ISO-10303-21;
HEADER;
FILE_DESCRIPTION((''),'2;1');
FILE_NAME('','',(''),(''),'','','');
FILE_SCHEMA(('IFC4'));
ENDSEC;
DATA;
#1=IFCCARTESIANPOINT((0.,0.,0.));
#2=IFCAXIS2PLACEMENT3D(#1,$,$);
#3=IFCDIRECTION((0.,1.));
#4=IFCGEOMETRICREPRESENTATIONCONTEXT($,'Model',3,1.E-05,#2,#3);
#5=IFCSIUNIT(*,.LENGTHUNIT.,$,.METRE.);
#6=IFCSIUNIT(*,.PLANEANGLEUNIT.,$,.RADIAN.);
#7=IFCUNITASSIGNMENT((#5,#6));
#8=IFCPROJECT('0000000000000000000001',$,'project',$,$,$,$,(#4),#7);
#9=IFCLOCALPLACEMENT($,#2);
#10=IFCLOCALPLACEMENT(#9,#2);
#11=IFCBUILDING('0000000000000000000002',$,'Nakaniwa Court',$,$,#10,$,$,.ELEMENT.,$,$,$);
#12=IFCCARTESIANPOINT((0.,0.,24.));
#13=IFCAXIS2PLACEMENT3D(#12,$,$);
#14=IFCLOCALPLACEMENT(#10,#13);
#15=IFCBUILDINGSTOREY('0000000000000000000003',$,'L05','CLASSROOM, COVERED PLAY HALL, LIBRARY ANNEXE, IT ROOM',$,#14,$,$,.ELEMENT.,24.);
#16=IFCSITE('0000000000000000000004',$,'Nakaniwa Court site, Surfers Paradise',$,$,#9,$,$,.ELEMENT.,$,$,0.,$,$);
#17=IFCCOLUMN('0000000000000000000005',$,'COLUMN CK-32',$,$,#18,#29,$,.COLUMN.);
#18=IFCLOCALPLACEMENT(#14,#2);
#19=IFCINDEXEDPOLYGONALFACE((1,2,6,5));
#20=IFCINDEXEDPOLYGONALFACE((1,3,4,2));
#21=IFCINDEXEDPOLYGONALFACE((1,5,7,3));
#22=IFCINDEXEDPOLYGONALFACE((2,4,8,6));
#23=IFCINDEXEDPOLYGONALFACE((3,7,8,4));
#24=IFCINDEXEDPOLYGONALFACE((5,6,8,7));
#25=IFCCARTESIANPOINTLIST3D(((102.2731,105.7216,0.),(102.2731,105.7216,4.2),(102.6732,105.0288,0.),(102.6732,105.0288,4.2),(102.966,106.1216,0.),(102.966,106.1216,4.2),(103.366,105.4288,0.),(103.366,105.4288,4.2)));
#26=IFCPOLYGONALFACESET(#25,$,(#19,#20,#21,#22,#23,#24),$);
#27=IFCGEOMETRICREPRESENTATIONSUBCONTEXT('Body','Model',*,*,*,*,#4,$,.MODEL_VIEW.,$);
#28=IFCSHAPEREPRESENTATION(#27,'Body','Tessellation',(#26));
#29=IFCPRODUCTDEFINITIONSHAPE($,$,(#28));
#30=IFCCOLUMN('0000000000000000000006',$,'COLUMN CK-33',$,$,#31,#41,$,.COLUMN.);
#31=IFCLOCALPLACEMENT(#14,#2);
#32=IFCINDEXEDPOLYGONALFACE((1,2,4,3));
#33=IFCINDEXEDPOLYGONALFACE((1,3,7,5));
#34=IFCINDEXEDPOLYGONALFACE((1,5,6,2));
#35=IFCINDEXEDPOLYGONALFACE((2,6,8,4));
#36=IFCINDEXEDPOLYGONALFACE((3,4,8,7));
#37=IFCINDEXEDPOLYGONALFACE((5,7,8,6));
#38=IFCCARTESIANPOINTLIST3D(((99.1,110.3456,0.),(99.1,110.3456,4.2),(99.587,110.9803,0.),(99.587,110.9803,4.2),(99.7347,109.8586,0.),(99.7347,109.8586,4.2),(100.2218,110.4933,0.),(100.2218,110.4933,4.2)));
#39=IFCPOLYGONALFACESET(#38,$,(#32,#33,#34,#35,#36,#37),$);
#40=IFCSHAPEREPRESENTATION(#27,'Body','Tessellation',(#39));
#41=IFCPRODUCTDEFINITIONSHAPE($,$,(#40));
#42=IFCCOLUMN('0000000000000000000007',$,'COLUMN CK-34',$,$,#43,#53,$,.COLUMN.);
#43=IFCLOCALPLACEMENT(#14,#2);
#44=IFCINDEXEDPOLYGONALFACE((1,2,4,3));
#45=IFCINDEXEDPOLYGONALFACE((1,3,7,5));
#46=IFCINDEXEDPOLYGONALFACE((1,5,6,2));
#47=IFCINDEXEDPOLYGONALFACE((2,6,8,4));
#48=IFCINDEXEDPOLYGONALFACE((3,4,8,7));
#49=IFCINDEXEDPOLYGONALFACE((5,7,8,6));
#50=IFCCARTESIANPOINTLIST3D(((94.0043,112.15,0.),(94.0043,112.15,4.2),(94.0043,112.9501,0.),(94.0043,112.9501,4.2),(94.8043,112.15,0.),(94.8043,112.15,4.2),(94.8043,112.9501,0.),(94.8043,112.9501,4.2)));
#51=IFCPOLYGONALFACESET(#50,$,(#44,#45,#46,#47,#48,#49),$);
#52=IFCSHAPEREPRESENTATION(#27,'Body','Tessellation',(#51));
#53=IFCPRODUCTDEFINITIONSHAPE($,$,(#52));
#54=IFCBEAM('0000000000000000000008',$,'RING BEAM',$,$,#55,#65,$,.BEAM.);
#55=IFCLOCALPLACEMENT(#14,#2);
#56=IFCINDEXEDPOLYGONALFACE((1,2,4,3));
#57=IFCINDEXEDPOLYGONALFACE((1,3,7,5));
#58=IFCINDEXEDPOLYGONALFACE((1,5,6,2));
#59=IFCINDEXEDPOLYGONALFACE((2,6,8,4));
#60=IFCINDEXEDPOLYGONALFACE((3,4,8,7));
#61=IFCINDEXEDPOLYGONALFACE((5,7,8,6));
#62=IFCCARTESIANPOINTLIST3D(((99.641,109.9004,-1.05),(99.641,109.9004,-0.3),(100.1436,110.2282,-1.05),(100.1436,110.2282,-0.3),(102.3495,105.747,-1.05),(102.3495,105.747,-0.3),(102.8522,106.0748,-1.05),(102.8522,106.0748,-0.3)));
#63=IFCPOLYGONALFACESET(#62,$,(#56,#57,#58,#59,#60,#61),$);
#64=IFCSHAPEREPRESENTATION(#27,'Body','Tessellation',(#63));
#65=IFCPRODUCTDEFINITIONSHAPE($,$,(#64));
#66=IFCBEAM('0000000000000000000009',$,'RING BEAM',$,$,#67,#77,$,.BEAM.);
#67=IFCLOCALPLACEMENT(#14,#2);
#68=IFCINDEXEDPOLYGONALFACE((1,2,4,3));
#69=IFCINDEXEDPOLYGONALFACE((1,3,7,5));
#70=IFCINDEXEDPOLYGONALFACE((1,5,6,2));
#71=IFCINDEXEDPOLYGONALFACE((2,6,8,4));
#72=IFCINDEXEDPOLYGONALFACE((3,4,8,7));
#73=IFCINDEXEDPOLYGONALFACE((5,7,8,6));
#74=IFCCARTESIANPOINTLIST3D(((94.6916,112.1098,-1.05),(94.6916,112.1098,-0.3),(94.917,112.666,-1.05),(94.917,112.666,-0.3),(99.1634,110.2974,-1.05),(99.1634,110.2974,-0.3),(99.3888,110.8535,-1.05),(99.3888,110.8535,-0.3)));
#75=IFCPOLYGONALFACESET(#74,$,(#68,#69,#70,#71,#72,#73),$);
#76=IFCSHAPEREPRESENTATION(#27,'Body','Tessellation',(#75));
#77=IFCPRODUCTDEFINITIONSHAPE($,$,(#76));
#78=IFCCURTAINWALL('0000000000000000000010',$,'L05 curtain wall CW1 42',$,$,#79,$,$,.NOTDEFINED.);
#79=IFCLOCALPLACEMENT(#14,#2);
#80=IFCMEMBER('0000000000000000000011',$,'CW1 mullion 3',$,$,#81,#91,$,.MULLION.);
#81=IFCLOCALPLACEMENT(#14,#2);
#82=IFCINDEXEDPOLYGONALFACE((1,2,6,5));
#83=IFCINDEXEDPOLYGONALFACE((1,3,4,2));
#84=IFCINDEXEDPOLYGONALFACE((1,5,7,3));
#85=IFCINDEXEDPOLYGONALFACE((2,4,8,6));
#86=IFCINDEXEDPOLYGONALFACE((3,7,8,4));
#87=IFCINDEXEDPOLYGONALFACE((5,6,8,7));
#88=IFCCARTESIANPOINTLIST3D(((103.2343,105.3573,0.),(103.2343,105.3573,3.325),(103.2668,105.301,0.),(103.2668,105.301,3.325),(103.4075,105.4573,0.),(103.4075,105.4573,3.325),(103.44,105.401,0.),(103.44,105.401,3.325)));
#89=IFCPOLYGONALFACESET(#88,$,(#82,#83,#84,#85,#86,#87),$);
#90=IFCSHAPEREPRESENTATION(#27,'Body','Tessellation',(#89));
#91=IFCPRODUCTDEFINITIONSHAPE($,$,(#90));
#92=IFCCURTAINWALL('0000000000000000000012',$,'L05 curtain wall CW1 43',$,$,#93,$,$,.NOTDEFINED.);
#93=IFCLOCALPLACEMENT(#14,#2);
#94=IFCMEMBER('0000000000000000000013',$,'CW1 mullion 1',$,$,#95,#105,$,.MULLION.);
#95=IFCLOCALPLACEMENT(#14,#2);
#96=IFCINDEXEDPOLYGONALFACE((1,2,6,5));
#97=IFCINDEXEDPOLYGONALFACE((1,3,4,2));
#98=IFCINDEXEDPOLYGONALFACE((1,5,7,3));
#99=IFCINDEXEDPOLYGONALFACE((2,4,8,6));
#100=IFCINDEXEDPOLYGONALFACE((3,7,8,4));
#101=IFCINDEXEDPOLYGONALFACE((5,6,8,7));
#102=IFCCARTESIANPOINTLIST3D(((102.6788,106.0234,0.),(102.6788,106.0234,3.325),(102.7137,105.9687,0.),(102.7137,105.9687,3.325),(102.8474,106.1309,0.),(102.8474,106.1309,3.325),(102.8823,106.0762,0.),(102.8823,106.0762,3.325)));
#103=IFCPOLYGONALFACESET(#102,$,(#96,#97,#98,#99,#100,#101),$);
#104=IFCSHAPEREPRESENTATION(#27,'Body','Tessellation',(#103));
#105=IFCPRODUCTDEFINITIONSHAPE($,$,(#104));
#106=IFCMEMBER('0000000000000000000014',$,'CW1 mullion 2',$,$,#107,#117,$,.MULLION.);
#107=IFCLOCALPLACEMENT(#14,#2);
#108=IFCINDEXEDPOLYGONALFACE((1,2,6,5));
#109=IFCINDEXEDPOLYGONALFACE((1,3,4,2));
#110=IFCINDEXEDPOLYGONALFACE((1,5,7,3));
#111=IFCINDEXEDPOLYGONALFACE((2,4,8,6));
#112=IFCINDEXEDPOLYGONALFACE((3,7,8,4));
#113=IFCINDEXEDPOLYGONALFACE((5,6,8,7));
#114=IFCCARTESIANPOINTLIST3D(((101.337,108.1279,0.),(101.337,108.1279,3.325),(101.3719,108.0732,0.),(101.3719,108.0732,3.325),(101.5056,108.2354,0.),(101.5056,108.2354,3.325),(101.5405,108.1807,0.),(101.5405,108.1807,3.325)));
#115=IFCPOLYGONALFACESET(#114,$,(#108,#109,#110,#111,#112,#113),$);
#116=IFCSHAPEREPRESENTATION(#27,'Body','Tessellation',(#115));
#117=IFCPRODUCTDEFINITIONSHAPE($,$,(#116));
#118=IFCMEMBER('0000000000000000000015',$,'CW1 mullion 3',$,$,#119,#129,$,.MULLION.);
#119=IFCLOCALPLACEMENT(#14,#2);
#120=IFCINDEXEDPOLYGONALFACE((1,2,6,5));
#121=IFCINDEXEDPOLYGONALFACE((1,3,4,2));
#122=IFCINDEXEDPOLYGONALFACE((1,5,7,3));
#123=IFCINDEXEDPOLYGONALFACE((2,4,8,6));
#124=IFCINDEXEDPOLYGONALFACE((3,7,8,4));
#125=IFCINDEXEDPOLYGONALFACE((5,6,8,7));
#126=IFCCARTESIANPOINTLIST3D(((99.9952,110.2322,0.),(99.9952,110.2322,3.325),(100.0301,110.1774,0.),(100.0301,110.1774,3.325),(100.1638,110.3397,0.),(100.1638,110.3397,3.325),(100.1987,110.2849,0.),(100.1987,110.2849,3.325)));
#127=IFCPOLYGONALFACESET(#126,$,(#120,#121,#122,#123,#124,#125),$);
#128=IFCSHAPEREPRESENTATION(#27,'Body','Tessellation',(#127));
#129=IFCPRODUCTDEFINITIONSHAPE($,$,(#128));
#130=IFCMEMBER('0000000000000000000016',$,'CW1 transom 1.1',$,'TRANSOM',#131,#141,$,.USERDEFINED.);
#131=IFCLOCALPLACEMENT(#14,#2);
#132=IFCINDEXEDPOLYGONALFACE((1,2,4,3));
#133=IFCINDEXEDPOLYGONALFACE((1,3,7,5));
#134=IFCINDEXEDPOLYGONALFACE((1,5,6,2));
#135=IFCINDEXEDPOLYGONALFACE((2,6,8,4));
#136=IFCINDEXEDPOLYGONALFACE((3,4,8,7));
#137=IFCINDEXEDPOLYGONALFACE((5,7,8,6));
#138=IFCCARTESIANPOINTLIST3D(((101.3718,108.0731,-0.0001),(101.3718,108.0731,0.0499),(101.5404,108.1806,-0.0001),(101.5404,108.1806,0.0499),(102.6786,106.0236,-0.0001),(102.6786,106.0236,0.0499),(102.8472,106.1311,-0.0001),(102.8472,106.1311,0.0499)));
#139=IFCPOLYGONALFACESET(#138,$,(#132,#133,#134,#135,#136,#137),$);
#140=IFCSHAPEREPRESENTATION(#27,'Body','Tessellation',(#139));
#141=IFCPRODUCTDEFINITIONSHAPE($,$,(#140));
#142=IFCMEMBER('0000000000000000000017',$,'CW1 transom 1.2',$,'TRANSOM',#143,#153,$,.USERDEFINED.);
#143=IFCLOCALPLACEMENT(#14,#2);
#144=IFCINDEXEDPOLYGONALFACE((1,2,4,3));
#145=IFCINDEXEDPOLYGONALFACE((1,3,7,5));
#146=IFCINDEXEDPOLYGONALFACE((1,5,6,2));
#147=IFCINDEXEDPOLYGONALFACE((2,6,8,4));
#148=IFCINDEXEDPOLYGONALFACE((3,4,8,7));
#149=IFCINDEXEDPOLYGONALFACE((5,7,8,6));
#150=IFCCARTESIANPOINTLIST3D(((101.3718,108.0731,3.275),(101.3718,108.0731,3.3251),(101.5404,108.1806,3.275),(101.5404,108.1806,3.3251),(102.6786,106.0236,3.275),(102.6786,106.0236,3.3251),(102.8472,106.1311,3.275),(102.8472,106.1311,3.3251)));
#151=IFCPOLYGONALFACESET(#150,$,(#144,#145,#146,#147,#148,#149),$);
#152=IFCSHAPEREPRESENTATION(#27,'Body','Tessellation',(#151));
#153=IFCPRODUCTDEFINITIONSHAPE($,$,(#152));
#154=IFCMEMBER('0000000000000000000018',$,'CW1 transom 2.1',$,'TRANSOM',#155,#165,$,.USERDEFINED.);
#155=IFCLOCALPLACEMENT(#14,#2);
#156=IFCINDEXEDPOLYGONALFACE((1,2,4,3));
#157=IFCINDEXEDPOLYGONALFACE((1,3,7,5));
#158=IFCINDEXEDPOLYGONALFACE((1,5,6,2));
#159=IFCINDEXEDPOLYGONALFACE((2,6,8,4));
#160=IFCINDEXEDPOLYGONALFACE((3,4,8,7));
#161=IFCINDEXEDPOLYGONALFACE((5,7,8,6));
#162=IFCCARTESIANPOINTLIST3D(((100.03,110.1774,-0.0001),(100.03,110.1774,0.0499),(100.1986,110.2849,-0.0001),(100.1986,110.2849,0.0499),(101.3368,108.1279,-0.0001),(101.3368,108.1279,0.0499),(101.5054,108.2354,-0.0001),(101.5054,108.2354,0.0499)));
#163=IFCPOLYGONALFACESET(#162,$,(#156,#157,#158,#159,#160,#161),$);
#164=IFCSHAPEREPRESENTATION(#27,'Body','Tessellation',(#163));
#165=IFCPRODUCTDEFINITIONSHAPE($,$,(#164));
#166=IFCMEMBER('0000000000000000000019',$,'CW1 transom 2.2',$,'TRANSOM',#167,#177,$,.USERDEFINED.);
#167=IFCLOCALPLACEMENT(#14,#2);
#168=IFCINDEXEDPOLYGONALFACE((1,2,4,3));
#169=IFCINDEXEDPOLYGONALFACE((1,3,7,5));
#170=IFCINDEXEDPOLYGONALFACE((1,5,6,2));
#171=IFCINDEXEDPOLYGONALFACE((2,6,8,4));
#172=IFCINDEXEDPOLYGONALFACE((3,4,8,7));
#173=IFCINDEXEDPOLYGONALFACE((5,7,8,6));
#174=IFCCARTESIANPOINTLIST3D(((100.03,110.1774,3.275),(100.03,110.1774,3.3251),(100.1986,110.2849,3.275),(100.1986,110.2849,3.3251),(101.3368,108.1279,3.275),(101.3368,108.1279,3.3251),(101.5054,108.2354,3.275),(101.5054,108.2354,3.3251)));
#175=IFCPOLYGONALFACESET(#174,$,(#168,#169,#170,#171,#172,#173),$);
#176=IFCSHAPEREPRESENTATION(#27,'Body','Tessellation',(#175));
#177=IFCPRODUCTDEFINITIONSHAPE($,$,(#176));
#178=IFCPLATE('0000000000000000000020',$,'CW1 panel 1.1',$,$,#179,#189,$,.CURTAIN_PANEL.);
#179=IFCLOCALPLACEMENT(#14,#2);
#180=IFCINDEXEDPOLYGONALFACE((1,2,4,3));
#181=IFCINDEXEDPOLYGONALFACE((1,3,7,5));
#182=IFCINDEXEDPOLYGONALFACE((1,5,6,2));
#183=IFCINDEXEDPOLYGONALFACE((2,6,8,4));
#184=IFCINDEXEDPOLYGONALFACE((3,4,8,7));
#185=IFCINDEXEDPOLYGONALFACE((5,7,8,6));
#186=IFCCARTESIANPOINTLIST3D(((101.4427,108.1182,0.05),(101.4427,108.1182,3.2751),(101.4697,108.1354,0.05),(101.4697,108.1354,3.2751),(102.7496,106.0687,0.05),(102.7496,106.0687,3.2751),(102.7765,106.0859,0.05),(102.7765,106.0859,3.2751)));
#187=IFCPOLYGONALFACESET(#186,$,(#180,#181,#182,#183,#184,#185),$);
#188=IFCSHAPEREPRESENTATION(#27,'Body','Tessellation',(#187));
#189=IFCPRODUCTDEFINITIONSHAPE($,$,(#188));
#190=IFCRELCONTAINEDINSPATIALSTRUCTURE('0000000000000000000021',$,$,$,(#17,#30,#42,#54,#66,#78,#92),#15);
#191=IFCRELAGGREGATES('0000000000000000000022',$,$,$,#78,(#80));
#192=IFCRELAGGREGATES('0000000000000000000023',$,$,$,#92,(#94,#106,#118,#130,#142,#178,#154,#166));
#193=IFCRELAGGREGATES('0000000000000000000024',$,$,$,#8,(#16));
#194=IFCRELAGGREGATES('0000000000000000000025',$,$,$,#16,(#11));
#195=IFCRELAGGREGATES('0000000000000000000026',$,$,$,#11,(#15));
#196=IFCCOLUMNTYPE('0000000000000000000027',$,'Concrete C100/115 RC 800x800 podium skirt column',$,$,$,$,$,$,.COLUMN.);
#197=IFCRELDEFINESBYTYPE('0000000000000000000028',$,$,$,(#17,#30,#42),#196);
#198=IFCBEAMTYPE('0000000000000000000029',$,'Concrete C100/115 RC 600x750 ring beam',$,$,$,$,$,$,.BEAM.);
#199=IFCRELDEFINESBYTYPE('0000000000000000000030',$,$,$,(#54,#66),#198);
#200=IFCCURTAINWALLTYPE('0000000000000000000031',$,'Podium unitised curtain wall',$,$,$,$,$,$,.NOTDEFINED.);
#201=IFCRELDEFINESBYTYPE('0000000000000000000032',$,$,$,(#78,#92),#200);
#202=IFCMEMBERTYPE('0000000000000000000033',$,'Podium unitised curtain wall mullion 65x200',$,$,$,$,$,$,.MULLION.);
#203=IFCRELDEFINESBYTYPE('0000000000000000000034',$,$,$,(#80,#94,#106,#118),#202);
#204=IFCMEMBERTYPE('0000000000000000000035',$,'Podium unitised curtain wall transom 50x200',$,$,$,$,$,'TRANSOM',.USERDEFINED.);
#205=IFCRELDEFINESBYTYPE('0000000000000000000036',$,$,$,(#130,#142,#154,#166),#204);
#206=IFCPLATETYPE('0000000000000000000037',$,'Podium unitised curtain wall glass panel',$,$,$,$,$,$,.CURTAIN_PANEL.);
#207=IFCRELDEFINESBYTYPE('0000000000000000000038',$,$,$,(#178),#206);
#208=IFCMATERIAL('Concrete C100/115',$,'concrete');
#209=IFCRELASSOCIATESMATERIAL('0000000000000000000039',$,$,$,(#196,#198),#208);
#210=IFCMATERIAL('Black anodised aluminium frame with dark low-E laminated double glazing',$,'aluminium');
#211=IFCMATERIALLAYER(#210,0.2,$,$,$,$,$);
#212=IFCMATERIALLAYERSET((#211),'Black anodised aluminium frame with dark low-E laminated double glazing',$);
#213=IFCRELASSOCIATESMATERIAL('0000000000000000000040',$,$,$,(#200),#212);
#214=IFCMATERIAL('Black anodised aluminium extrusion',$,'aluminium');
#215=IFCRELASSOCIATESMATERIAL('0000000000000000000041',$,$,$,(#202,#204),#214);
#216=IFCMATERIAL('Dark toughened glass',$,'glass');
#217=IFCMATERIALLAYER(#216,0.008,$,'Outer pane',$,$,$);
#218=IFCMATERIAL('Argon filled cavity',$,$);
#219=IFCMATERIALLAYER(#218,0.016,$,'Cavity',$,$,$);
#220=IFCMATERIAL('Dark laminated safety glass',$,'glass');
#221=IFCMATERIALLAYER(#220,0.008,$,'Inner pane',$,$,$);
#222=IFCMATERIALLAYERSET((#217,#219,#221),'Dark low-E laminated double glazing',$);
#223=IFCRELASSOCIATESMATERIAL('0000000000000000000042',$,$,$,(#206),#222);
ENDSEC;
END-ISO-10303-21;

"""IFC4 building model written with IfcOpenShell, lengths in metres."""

from ifc_helpers import new_model, si_unit, direction, frame, origin, origin_2d, place, context, subcontext, project, spatial, rectangle, extrude, material, layer, layer_set, material_profile, profile_set, type_object, element, aggregate, save


model = new_model("IFC4")

# Units and contexts
model_context = context("Model", 3, precision=1e-05, world=origin(), true_north=direction((0.0, 1.0)))
body_context = subcontext(model_context, "Body", "Model", "MODEL_VIEW")
ifc_project = project(units=[si_unit("LENGTHUNIT", "METRE"), si_unit("PLANEANGLEUNIT", "RADIAN")], contexts=[model_context])

# Site, building, storey
site_placement = place(None, origin())
site = spatial("IfcSite", under=ifc_project, at=site_placement, Name="Nakaniwa Court site, Surfers Paradise", CompositionType="ELEMENT", RefElevation=0.0)
building_placement = place(site_placement, origin())
building = spatial("IfcBuilding", under=site, at=building_placement, Name="Nakaniwa Court", CompositionType="ELEMENT")
storey_placement = place(building_placement, frame((0.0, 0.0, 24.0)))
storey = spatial("IfcBuildingStorey", under=building, at=storey_placement, Name="L05", Description="CLASSROOM, COVERED PLAY HALL, LIBRARY ANNEXE, IT ROOM", CompositionType="ELEMENT", Elevation=24.0)

# Columns
ifc_material_1 = material(Name="Concrete C100/115", Category="concrete")
ifc_material_profile_1 = material_profile(ifc_material_1, rectangle(XDim=0.8, YDim=0.8, at=origin_2d()), Name="Concrete C100/115 RC 800x800 podium skirt column")
ifc_profile_set_1 = profile_set([ifc_material_profile_1], Name="Concrete C100/115")
column_type = type_object("IfcColumnType", Name="Concrete C100/115 RC 800x800 podium skirt column", PredefinedType="COLUMN", material=ifc_profile_set_1)
for number, where, z_axis, x_axis, name in (
    (1, (102.8196, 105.5752, 0.0), (0.0, 0.0, 1.0), (-0.5, 0.866025, 0.0), "COLUMN CK-32"),
    (2, (99.6609, 110.4194, 0.0), (0.0, 0.0, 1.0), (-0.793353, 0.608761, 0.0), "COLUMN CK-33"),
    (3, (94.4043, 112.55, 0.0), (0.0, 0.0, 1.0), (-1.0, 0.0, 0.0), "COLUMN CK-34"),
):
    element("IfcColumn", number, at=place(storey_placement, frame(where, z_axis=z_axis, x_axis=x_axis)), inside=storey, type_object=column_type, Name=name, PredefinedType="COLUMN", context=body_context, shape_type="SweptSolid", body=[
        extrude(rectangle(XDim=0.8, YDim=0.8, at=origin_2d()), origin(), (0.0, 0.0, 1.0), 4.2),
    ])

# Beams
ifc_material_profile_2 = material_profile(ifc_material_1, rectangle(XDim=0.6001, YDim=0.75, at=origin_2d()), Name="Concrete C100/115 RC 600x750 ring beam")
ifc_profile_set_2 = profile_set([ifc_material_profile_2], Name="Concrete C100/115")
beam_type = type_object("IfcBeamType", Name="Concrete C100/115 RC 600x750 ring beam", PredefinedType="BEAM", material=ifc_profile_set_2)
beam_1_placement = place(storey_placement, frame((102.6008, 105.9109, -0.675), z_axis=(-0.546241, 0.837628, 0.0), x_axis=(-0.837628, -0.546241, 0.0)))
element("IfcBeam", 4, at=beam_1_placement, inside=storey, type_object=beam_type, Name="RING BEAM", PredefinedType="BEAM", context=body_context, shape_type="SweptSolid", body=[
    extrude(rectangle(XDim=0.6001, YDim=0.75, at=origin_2d()), origin(), (0.0, 0.0, 1.0), 4.9585),
])
beam_2_placement = place(storey_placement, frame((99.2761, 110.5754, -0.675), z_axis=(-0.926771, 0.375626, 0.0), x_axis=(-0.375626, -0.926771, 0.0)))
element("IfcBeam", 5, at=beam_2_placement, inside=storey, type_object=beam_type, Name="RING BEAM", PredefinedType="BEAM", context=body_context, shape_type="SweptSolid", body=[
    extrude(rectangle(XDim=0.6001, YDim=0.75, at=origin_2d()), origin(), (0.0, 0.0, 1.0), 4.8252),
])

# Curtain wall, member
ifc_material_2 = material(Name="Black anodised aluminium frame with dark low-E laminated double glazing", Category="aluminium")
ifc_layer_1 = layer(ifc_material_2, 0.2)
ifc_layer_set_1 = layer_set([ifc_layer_1], Name="Black anodised aluminium frame with dark low-E laminated double glazing")
curtain_wall_type = type_object("IfcCurtainWallType", Name="Podium unitised curtain wall", PredefinedType="NOTDEFINED", material=ifc_layer_set_1)
curtain_wall_1_placement = place(storey_placement, origin())
curtain_wall_1 = element("IfcCurtainWall", 6, at=curtain_wall_1_placement, inside=storey, type_object=curtain_wall_type, Name="L05 curtain wall CW1 42", PredefinedType="NOTDEFINED")
ifc_material_3 = material(Name="Black anodised aluminium extrusion", Category="aluminium")
ifc_material_profile_3 = material_profile(ifc_material_3, rectangle(XDim=0.2, YDim=0.0649, at=origin_2d()), Name="Podium unitised curtain wall mullion 65x200")
ifc_profile_set_3 = profile_set([ifc_material_profile_3], Name="Black anodised aluminium extrusion")
member_type_1 = type_object("IfcMemberType", Name="Podium unitised curtain wall mullion 65x200", PredefinedType="MULLION", material=ifc_profile_set_3)
member_1_placement = place(storey_placement, frame((103.3372, 105.3792, 0.0), z_axis=(0.0, 0.0, 1.0), x_axis=(-0.866032, -0.499988, 0.0)))
member_1 = element("IfcMember", 7, at=member_1_placement, type_object=member_type_1, Name="CW1 mullion 3", PredefinedType="MULLION", context=body_context, shape_type="SweptSolid", body=[
    extrude(rectangle(XDim=0.2, YDim=0.0649, at=origin_2d()), origin(), (0.0, 0.0, 1.0), 3.325),
])
aggregate(curtain_wall_1, [member_1])

# Curtain wall, members, plate
curtain_wall_2_placement = place(storey_placement, origin())
curtain_wall_2 = element("IfcCurtainWall", 8, at=curtain_wall_2_placement, inside=storey, type_object=curtain_wall_type, Name="L05 curtain wall CW1 43", PredefinedType="NOTDEFINED")
member_2_placement = place(storey_placement, frame((102.7805, 106.0498, 0.0), z_axis=(0.0, 0.0, 1.0), x_axis=(-0.843172, -0.537644, 0.0)))
member_2 = element("IfcMember", 9, at=member_2_placement, type_object=member_type_1, Name="CW1 mullion 1", PredefinedType="MULLION", context=body_context, shape_type="SweptSolid", body=[
    extrude(rectangle(XDim=0.2, YDim=0.0649, at=origin_2d()), origin(), (0.0, 0.0, 1.0), 3.325),
])
member_3_placement = place(storey_placement, frame((101.4387, 108.1543, 0.0), z_axis=(0.0, 0.0, 1.0), x_axis=(-0.843172, -0.537644, 0.0)))
member_3 = element("IfcMember", 10, at=member_3_placement, type_object=member_type_1, Name="CW1 mullion 2", PredefinedType="MULLION", context=body_context, shape_type="SweptSolid", body=[
    extrude(rectangle(XDim=0.2, YDim=0.0649, at=origin_2d()), origin(), (0.0, 0.0, 1.0), 3.325),
])
member_4_placement = place(storey_placement, frame((100.0969, 110.2585, 0.0), z_axis=(0.0, 0.0, 1.0), x_axis=(-0.843172, -0.537644, 0.0)))
member_4 = element("IfcMember", 11, at=member_4_placement, type_object=member_type_1, Name="CW1 mullion 3", PredefinedType="MULLION", context=body_context, shape_type="SweptSolid", body=[
    extrude(rectangle(XDim=0.2, YDim=0.0649, at=origin_2d()), origin(), (0.0, 0.0, 1.0), 3.325),
])
ifc_material_profile_4 = material_profile(ifc_material_3, rectangle(XDim=0.2, YDim=0.05, at=origin_2d()), Name="Podium unitised curtain wall transom 50x200")
ifc_profile_set_4 = profile_set([ifc_material_profile_4], Name="Black anodised aluminium extrusion")
member_type_2 = type_object("IfcMemberType", Name="Podium unitised curtain wall transom 50x200", ElementType="TRANSOM", PredefinedType="USERDEFINED", material=ifc_profile_set_4)
member_5_placement = place(storey_placement, frame((102.7629, 106.0774, 0.0249), z_axis=(-0.537642, 0.843173, 0.0), x_axis=(-0.843173, -0.537642, 0.0)))
member_5 = element("IfcMember", 12, at=member_5_placement, type_object=member_type_2, Name="CW1 transom 1.1", ObjectType="TRANSOM", PredefinedType="USERDEFINED", context=body_context, shape_type="SweptSolid", body=[
    extrude(rectangle(XDim=0.2, YDim=0.05, at=origin_2d()), origin(), (0.0, 0.0, 1.0), 2.4307),
])
member_6_placement = place(storey_placement, frame((102.7629, 106.0774, 3.3), z_axis=(-0.537642, 0.843173, 0.0), x_axis=(-0.843173, -0.537642, 0.0)))
member_6 = element("IfcMember", 13, at=member_6_placement, type_object=member_type_2, Name="CW1 transom 1.2", ObjectType="TRANSOM", PredefinedType="USERDEFINED", context=body_context, shape_type="SweptSolid", body=[
    extrude(rectangle(XDim=0.2, YDim=0.05, at=origin_2d()), origin(), (0.0, 0.0, 1.0), 2.4307),
])
member_7_placement = place(storey_placement, frame((101.4211, 108.1816, 0.0249), z_axis=(-0.537642, 0.843173, 0.0), x_axis=(-0.843173, -0.537642, 0.0)))
member_7 = element("IfcMember", 14, at=member_7_placement, type_object=member_type_2, Name="CW1 transom 2.1", ObjectType="TRANSOM", PredefinedType="USERDEFINED", context=body_context, shape_type="SweptSolid", body=[
    extrude(rectangle(XDim=0.2, YDim=0.05, at=origin_2d()), origin(), (0.0, 0.0, 1.0), 2.4307),
])
member_8_placement = place(storey_placement, frame((101.4211, 108.1816, 3.3), z_axis=(-0.537642, 0.843173, 0.0), x_axis=(-0.843173, -0.537642, 0.0)))
member_8 = element("IfcMember", 15, at=member_8_placement, type_object=member_type_2, Name="CW1 transom 2.2", ObjectType="TRANSOM", PredefinedType="USERDEFINED", context=body_context, shape_type="SweptSolid", body=[
    extrude(rectangle(XDim=0.2, YDim=0.05, at=origin_2d()), origin(), (0.0, 0.0, 1.0), 2.4307),
])
ifc_material_4 = material(Name="Dark toughened glass", Category="glass")
ifc_layer_2 = layer(ifc_material_4, 0.008, Name="Outer pane")
ifc_material_5 = material(Name="Argon filled cavity")
ifc_layer_3 = layer(ifc_material_5, 0.016, Name="Cavity")
ifc_material_6 = material(Name="Dark laminated safety glass", Category="glass")
ifc_layer_4 = layer(ifc_material_6, 0.008, Name="Inner pane")
ifc_layer_set_2 = layer_set([ifc_layer_2, ifc_layer_3, ifc_layer_4], Name="Dark low-E laminated double glazing")
plate_type = type_object("IfcPlateType", Name="Podium unitised curtain wall glass panel", PredefinedType="CURTAIN_PANEL", material=ifc_layer_set_2)
plate_1_placement = place(storey_placement, frame((102.1096, 107.1021, 0.05), z_axis=(0.0, 0.0, 1.0), x_axis=(-0.537644, 0.843172, 0.0)))
plate_1 = element("IfcPlate", 16, at=plate_1_placement, type_object=plate_type, Name="CW1 panel 1.1", PredefinedType="CURTAIN_PANEL", context=body_context, shape_type="SweptSolid", body=[
    extrude(rectangle(XDim=2.4307, YDim=0.032, at=origin_2d()), origin(), (0.0, 0.0, 1.0), 3.2251),
])
aggregate(curtain_wall_2, [member_2, member_3, member_4, member_5, member_6, plate_1, member_7, member_8])

save(model, "model.ifc")
